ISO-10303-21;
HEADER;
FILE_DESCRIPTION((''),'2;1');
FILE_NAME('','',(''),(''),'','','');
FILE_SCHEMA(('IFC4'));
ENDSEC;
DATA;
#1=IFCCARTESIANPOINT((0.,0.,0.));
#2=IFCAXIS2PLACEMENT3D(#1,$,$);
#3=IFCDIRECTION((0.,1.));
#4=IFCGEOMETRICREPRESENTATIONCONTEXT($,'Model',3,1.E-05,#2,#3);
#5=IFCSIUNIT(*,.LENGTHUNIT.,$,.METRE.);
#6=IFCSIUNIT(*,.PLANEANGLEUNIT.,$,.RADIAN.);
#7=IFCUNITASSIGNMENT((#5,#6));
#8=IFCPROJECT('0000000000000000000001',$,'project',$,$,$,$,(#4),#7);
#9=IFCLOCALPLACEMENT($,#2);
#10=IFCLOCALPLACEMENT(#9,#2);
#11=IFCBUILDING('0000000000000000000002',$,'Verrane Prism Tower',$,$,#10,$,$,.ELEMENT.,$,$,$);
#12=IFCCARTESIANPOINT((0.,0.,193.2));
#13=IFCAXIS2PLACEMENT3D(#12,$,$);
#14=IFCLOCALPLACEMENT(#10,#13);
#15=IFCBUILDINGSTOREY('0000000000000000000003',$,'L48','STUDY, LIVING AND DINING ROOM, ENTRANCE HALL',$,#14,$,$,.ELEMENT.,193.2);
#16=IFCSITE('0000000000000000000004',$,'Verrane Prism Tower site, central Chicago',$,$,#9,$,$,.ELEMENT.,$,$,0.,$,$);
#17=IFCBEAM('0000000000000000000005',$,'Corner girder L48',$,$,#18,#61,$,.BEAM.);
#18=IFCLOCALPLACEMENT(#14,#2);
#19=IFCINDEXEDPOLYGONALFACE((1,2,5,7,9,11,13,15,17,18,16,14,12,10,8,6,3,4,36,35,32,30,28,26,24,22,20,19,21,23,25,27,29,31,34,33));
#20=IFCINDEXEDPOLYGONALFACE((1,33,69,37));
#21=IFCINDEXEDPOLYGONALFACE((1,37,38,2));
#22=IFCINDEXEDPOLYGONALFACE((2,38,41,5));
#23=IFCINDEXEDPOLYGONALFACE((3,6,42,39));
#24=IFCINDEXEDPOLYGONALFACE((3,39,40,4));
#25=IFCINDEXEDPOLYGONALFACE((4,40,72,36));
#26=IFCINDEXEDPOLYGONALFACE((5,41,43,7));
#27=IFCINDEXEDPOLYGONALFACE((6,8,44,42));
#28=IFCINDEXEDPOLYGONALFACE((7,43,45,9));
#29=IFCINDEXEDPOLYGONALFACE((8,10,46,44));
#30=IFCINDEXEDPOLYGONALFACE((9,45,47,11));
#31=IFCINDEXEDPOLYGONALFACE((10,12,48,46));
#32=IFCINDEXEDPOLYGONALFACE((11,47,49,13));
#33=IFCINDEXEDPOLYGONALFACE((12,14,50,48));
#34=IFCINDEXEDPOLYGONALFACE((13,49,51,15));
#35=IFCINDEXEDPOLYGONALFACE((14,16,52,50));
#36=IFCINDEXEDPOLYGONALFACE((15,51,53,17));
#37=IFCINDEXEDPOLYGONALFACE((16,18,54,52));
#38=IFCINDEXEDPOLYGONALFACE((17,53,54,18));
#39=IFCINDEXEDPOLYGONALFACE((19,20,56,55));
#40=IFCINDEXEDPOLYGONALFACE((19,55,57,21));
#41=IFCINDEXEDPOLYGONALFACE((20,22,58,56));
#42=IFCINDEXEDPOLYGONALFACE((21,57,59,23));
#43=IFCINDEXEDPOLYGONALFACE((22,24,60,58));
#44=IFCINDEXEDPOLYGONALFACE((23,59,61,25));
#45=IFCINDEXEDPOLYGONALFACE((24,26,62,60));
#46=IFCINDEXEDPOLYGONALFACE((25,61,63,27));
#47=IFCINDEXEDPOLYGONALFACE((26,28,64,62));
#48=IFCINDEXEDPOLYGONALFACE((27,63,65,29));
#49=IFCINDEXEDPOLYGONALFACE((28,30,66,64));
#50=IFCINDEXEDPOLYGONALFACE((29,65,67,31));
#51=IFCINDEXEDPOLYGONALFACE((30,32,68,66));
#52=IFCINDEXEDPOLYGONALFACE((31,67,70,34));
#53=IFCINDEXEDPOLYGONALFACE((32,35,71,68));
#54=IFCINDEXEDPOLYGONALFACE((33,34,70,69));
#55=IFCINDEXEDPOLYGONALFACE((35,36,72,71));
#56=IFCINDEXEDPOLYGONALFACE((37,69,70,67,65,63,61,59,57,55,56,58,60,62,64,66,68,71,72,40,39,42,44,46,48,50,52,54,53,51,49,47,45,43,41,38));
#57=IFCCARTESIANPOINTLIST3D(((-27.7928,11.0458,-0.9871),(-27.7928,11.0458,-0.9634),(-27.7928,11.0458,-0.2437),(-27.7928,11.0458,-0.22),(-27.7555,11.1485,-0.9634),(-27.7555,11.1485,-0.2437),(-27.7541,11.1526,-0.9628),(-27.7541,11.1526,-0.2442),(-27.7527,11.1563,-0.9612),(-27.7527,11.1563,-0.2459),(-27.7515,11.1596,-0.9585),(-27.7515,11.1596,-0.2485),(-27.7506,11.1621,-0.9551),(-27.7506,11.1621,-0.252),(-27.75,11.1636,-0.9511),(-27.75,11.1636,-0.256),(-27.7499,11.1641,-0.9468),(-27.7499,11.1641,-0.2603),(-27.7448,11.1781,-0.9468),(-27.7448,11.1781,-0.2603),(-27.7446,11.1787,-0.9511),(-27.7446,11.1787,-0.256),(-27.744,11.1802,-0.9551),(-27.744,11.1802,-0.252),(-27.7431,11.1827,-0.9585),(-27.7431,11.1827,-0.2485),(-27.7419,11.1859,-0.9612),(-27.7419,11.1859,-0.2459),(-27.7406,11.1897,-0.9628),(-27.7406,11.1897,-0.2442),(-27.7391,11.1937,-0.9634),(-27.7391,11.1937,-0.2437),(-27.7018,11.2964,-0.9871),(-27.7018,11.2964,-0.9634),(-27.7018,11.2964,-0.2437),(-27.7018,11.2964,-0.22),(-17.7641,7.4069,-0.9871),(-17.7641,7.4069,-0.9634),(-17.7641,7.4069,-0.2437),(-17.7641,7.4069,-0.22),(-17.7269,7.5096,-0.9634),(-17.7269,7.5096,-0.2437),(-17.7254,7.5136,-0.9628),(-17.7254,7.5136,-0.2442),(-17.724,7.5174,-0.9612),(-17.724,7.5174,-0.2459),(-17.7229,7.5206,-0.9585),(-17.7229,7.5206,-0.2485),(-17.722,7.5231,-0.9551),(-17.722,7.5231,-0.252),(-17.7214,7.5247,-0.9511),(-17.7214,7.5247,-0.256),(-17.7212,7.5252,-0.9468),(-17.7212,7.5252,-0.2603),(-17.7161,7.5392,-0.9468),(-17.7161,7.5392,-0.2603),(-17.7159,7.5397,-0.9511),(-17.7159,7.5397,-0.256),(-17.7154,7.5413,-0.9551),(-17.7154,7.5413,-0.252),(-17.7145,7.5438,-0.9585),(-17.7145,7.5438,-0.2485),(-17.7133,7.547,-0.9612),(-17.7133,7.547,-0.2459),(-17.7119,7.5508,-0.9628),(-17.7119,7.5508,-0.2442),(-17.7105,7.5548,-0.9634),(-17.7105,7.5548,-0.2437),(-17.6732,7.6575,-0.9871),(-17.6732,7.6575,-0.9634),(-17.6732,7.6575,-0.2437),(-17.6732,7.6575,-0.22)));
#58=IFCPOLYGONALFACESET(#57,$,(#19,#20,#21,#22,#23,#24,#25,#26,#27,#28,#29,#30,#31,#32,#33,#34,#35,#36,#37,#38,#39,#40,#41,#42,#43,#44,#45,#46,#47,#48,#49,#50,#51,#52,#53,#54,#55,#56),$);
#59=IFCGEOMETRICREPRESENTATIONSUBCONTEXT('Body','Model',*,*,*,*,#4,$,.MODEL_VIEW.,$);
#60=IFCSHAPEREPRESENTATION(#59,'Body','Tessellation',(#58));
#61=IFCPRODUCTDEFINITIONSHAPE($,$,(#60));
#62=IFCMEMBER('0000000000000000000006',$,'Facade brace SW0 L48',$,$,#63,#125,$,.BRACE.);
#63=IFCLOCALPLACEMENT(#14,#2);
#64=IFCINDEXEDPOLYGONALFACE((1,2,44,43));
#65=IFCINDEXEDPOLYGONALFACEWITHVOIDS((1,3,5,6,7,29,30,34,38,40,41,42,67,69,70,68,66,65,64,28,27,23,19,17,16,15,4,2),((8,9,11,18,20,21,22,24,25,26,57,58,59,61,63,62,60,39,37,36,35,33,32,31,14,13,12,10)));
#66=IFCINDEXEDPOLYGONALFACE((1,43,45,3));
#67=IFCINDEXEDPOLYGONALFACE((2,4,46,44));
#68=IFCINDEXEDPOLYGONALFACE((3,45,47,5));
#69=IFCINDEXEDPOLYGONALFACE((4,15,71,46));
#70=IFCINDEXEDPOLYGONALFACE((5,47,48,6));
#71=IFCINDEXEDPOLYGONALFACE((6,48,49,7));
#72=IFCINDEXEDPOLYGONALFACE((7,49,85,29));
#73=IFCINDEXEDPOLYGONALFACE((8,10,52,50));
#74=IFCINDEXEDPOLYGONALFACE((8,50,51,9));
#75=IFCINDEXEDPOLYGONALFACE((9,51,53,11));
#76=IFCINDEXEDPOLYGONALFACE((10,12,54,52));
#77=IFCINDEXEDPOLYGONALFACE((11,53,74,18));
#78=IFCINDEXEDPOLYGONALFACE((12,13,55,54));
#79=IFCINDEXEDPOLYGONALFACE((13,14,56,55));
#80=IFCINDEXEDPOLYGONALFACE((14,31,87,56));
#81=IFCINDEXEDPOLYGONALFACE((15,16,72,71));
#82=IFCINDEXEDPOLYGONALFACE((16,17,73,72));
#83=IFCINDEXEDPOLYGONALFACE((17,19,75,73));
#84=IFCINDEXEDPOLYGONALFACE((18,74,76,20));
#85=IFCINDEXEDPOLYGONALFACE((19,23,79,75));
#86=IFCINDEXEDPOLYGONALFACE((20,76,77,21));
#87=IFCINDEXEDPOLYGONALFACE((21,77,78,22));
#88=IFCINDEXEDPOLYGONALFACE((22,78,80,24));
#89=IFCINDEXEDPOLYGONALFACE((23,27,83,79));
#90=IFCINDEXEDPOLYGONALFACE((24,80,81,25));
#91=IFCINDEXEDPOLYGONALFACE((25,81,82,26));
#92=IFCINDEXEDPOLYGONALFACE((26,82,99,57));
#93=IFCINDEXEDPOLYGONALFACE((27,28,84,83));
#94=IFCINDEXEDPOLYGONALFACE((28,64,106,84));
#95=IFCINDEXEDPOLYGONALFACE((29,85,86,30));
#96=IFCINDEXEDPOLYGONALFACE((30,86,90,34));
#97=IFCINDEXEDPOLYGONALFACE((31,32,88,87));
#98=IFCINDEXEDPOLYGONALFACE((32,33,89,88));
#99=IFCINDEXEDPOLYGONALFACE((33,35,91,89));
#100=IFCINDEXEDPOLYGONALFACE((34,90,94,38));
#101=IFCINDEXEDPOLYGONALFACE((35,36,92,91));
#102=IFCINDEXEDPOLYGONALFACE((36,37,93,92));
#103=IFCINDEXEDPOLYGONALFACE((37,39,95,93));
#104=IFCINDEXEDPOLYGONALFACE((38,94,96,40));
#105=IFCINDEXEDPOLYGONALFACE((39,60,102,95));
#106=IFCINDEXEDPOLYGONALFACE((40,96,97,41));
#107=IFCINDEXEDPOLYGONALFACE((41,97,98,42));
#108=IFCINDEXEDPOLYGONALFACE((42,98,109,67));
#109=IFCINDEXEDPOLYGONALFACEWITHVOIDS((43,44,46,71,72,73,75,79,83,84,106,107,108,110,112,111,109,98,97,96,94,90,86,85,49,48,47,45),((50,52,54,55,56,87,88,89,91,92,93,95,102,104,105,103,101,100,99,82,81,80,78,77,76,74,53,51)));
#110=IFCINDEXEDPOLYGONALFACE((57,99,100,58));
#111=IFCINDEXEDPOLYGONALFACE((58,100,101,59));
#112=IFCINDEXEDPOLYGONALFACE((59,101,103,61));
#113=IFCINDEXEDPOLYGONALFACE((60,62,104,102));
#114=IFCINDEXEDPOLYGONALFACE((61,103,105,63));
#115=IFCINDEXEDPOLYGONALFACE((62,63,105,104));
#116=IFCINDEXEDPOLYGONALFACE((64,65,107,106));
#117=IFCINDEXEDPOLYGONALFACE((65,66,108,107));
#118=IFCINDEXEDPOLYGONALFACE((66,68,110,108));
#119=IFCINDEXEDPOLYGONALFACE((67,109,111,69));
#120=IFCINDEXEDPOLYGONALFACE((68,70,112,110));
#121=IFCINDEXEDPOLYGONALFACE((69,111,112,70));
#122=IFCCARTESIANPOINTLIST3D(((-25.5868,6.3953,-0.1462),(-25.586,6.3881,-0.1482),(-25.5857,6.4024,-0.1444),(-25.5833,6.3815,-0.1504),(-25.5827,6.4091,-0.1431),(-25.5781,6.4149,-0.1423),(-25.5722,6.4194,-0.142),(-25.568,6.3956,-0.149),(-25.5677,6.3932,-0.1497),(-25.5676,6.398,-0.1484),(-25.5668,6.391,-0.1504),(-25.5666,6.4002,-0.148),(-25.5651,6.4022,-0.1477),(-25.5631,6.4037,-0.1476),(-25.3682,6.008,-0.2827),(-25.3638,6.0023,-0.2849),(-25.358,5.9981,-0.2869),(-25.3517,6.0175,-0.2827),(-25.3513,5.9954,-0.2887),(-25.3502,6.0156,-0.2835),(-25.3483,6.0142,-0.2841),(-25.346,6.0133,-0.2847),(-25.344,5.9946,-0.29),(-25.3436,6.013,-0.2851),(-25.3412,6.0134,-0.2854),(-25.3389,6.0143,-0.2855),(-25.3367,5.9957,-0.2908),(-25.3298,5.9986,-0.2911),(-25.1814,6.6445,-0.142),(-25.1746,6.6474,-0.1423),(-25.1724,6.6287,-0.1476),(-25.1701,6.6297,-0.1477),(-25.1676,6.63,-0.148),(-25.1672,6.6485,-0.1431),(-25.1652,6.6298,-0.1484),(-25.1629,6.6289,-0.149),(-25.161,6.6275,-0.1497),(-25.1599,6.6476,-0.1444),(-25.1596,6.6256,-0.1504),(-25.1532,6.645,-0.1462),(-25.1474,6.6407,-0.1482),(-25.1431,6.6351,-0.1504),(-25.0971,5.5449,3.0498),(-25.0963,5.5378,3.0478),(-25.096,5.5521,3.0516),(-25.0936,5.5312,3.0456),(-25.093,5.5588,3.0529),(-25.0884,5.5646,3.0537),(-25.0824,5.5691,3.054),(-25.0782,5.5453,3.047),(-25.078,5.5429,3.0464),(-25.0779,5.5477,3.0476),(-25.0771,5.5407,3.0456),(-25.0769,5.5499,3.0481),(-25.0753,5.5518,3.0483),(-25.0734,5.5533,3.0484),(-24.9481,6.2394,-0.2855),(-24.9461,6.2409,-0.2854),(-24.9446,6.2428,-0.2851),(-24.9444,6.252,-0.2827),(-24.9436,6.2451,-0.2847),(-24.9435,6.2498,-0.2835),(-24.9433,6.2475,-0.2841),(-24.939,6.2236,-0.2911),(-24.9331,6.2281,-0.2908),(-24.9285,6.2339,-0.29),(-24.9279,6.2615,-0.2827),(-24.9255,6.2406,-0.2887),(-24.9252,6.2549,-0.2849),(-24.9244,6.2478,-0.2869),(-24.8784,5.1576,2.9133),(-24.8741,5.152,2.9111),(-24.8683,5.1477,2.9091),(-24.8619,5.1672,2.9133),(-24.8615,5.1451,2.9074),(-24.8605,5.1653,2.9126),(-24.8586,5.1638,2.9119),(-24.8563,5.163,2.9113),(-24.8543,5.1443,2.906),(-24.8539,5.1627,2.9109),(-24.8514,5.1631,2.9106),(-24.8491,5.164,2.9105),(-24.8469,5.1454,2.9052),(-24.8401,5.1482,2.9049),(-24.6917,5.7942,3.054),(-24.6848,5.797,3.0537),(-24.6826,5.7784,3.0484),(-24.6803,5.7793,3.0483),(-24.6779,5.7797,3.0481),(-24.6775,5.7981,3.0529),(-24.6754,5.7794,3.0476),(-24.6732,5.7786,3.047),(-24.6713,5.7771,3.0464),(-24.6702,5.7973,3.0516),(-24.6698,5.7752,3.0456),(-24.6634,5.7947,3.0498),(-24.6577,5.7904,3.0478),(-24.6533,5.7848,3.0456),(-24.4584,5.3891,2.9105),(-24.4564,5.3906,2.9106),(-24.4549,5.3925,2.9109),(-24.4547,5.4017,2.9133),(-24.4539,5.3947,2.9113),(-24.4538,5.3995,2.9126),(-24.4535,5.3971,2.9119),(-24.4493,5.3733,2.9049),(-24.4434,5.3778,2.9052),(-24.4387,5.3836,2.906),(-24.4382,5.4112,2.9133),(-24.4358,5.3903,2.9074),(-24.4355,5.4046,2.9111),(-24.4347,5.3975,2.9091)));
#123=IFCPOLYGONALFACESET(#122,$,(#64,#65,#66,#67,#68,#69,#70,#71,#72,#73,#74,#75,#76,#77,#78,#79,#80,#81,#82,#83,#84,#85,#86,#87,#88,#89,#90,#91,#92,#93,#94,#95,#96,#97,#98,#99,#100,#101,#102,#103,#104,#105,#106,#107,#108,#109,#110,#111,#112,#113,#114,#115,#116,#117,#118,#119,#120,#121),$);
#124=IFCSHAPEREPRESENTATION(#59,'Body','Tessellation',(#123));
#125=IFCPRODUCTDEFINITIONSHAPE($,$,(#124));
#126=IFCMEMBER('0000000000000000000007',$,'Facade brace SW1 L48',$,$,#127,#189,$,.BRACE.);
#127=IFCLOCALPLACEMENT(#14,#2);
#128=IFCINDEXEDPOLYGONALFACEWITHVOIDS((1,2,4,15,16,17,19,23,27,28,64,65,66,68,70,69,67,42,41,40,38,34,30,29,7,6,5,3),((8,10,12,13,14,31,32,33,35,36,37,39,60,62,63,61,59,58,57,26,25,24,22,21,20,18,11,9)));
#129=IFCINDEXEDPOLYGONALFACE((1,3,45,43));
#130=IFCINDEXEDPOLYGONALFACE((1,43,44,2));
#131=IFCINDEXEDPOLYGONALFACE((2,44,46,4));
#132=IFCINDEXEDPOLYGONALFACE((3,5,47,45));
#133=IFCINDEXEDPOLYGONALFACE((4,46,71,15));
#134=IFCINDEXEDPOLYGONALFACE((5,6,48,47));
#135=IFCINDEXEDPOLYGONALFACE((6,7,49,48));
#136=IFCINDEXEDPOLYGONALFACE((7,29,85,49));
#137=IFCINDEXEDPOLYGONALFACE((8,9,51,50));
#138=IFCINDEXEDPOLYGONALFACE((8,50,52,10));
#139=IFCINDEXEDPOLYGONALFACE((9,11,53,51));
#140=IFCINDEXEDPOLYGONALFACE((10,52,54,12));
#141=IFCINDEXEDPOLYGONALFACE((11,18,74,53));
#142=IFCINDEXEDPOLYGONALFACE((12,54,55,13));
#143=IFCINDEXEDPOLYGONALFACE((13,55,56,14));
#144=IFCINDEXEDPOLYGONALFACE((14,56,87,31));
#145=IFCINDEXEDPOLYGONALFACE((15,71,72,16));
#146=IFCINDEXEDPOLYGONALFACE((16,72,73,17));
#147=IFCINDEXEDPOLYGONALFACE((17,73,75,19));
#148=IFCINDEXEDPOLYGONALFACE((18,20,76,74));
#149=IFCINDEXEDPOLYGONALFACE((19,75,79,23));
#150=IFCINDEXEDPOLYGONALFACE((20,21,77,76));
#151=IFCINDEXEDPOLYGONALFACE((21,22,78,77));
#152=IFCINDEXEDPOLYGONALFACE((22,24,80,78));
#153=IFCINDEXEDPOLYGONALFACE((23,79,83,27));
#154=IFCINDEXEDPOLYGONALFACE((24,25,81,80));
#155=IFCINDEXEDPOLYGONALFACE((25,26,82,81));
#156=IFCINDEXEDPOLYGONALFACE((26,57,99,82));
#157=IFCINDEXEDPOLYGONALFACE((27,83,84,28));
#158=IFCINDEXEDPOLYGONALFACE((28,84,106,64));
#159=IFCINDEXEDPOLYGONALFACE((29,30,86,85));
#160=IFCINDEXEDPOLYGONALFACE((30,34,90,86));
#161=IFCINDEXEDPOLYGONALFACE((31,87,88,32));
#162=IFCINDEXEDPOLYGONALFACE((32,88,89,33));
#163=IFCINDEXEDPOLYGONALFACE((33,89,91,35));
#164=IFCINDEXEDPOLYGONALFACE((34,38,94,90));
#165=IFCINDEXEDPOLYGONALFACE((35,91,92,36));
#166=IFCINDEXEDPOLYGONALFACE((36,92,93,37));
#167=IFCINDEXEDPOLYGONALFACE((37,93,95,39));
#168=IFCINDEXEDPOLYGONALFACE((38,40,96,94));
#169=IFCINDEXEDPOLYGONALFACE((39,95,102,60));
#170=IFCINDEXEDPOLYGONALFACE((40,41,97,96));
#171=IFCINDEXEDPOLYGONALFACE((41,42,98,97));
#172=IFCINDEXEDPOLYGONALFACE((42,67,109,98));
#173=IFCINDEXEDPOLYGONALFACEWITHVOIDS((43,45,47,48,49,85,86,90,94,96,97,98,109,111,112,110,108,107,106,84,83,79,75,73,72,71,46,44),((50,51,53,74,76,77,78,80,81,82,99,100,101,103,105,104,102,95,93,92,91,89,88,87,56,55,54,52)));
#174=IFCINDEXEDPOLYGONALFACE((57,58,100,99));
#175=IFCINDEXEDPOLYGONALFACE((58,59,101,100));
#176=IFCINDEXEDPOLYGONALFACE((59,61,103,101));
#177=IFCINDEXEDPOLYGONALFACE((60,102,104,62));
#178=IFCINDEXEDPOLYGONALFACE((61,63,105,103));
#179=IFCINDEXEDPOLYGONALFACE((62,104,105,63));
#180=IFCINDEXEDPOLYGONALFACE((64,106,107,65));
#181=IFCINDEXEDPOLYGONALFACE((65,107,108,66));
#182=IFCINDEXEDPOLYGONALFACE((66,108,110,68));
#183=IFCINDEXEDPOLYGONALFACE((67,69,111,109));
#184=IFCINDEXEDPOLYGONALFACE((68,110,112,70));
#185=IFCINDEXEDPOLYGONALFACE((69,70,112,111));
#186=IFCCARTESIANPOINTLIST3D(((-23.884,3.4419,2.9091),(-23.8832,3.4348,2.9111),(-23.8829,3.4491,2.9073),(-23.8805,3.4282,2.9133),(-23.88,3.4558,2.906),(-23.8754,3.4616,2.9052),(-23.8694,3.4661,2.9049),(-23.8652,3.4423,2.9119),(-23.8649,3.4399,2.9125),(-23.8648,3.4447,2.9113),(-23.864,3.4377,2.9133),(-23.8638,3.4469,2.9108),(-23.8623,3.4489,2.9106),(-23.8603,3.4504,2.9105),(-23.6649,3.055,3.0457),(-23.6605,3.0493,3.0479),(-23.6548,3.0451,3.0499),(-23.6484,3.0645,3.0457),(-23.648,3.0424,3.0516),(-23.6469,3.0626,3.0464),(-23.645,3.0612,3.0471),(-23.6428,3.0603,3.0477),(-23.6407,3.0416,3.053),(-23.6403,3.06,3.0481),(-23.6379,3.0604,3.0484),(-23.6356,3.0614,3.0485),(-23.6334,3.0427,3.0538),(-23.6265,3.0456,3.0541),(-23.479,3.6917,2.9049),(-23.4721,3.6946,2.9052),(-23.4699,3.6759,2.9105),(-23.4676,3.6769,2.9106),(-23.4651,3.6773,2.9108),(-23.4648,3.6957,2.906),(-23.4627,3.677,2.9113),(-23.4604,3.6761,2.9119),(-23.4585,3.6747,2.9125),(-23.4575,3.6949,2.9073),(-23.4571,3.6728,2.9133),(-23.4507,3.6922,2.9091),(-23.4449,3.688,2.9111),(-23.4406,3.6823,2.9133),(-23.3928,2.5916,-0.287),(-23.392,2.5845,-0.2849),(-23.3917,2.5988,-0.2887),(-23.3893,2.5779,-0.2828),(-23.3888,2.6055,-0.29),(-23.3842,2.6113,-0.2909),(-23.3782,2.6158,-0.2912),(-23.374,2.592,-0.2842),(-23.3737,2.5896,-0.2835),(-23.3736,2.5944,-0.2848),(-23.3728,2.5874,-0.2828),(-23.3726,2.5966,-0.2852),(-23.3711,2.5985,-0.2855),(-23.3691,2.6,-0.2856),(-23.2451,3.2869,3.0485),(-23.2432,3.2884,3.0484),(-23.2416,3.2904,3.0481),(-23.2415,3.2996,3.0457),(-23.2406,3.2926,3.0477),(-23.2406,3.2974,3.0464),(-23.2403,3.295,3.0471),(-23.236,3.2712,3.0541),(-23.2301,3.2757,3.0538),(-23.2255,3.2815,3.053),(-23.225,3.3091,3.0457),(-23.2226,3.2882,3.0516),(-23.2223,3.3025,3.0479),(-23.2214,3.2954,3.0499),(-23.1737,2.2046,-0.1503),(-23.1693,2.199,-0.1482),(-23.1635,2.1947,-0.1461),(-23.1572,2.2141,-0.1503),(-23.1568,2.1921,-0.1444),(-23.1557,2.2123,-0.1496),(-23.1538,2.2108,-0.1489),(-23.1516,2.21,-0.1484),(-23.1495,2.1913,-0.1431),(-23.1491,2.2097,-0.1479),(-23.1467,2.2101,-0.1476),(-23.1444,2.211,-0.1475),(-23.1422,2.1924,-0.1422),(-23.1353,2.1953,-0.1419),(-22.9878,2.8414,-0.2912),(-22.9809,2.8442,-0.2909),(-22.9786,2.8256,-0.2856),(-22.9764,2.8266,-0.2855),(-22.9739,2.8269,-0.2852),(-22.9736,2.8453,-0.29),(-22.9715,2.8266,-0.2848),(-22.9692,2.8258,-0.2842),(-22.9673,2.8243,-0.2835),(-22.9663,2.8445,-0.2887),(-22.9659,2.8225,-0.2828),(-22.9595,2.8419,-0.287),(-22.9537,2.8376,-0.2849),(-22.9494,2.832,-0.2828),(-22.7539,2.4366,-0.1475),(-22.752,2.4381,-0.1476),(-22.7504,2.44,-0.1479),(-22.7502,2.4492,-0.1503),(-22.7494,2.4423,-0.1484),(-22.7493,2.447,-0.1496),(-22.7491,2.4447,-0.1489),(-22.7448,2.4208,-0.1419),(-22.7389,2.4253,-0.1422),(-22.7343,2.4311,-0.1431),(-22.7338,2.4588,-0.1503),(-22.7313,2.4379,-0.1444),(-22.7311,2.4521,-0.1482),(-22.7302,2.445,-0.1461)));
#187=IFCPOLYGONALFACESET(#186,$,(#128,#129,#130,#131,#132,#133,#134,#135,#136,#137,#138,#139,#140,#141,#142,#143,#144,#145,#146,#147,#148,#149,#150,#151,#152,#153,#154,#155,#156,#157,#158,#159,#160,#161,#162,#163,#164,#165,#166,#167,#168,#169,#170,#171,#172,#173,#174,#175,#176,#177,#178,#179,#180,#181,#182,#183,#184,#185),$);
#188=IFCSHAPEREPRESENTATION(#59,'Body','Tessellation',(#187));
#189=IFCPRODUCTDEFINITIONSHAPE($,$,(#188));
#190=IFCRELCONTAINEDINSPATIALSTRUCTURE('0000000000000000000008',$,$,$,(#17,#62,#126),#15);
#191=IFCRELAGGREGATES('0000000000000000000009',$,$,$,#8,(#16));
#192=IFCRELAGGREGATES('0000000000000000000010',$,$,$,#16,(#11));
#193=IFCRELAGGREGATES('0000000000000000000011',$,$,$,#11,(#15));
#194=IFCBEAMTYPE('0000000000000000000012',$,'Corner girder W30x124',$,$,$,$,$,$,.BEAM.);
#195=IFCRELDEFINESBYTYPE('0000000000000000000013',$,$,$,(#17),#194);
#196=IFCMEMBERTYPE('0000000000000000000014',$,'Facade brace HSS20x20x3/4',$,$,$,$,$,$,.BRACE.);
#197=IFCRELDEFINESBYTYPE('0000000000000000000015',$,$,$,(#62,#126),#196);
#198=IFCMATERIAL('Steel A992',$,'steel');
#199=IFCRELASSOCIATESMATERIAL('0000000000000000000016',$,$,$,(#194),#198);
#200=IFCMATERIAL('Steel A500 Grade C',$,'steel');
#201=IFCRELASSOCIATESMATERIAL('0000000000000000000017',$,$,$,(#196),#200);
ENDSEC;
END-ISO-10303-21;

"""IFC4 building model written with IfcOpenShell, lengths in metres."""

from ifc_helpers import new_model, si_unit, direction, frame, origin, origin_2d, place, context, subcontext, project, spatial, hollow_rectangle, i_section, extrude, material, material_profile, profile_set, type_object, element, save


model = new_model("IFC4")

# Units and contexts
model_context = context("Model", 3, precision=1e-05, world=origin(), true_north=direction((0.0, 1.0)))
body_context = subcontext(model_context, "Body", "Model", "MODEL_VIEW")
ifc_project = project(units=[si_unit("LENGTHUNIT", "METRE"), si_unit("PLANEANGLEUNIT", "RADIAN")], contexts=[model_context])

# Site, building, storey
site_placement = place(None, origin())
site = spatial("IfcSite", under=ifc_project, at=site_placement, Name="Verrane Prism Tower site, central Chicago", CompositionType="ELEMENT", RefElevation=0.0)
building_placement = place(site_placement, origin())
building = spatial("IfcBuilding", under=site, at=building_placement, Name="Verrane Prism Tower", CompositionType="ELEMENT")
storey_placement = place(building_placement, frame((0.0, 0.0, 193.2)))
storey = spatial("IfcBuildingStorey", under=building, at=storey_placement, Name="L48", Description="STUDY, LIVING AND DINING ROOM, ENTRANCE HALL", CompositionType="ELEMENT", Elevation=193.2)

# Beam
ifc_material_1 = material(Name="Steel A992", Category="steel")
ifc_material_profile_1 = material_profile(ifc_material_1, i_section(OverallWidth=0.2666, OverallDepth=0.7671, WebThickness=0.0149, FlangeThickness=0.0237, FilletRadius=0.0166, at=origin_2d()), Name="W30x124")
ifc_profile_set_1 = profile_set([ifc_material_profile_1], Name="Steel A992")
beam_type_1 = type_object("IfcBeamType", Name="Corner girder W30x124", PredefinedType="BEAM", material=ifc_profile_set_1)
beam_1_placement = place(storey_placement, frame((-27.7473, 11.1711, -0.6035), z_axis=(0.940029, -0.341094, 0.0), x_axis=(0.341094, 0.940029, 0.0)))
element("IfcBeam", 1, at=beam_1_placement, inside=storey, type_object=beam_type_1, Name="Corner girder L48", PredefinedType="BEAM", context=body_context, shape_type="SweptSolid", body=[
    extrude(i_section(OverallWidth=0.2666, OverallDepth=0.7671, WebThickness=0.0149, FlangeThickness=0.0237, FilletRadius=0.0166, at=origin_2d()), origin(), (0.0, 0.0, 1.0), 10.6685),
])

# Members
ifc_material_2 = material(Name="Steel A500 Grade C", Category="steel")
ifc_material_profile_2 = material_profile(ifc_material_2, hollow_rectangle(XDim=0.5081, YDim=0.5081, WallThickness=0.019, InnerFilletRadius=0.0095, OuterFilletRadius=0.0286, at=origin_2d()), Name="HSS20x20x3/4")
ifc_profile_set_2 = profile_set([ifc_material_profile_2], Name="Steel A500 Grade C")
member_type_1 = type_object("IfcMemberType", Name="Facade brace HSS20x20x3/4", PredefinedType="BRACE", material=ifc_profile_set_2)
member_1_placement = place(storey_placement, frame((-25.2556, 6.3215, -0.2166), z_axis=(0.146486, -0.254342, 0.955956), x_axis=(0.866554, 0.499083, 0.0)))
element("IfcMember", 2, at=member_1_placement, inside=storey, type_object=member_type_1, Name="Facade brace SW0 L48", PredefinedType="BRACE", context=body_context, shape_type="SweptSolid", body=[
    extrude(hollow_rectangle(XDim=0.5081, YDim=0.5081, WallThickness=0.019, InnerFilletRadius=0.0095, OuterFilletRadius=0.0286, at=origin_2d()), origin(), (0.0, 0.0, 1.0), 3.3433),
])
member_2_placement = place(storey_placement, frame((-23.0615, 2.5183, -0.2166), z_axis=(-0.146915, 0.254326, 0.955895), x_axis=(-0.865908, -0.500203, 0.0)))
element("IfcMember", 3, at=member_2_placement, inside=storey, type_object=member_type_1, Name="Facade brace SW1 L48", PredefinedType="BRACE", context=body_context, shape_type="SweptSolid", body=[
    extrude(hollow_rectangle(XDim=0.5081, YDim=0.5081, WallThickness=0.019, InnerFilletRadius=0.0095, OuterFilletRadius=0.0286, at=origin_2d()), origin(), (0.0, 0.0, 1.0), 3.3435),
])

save(model, "model.ifc")
